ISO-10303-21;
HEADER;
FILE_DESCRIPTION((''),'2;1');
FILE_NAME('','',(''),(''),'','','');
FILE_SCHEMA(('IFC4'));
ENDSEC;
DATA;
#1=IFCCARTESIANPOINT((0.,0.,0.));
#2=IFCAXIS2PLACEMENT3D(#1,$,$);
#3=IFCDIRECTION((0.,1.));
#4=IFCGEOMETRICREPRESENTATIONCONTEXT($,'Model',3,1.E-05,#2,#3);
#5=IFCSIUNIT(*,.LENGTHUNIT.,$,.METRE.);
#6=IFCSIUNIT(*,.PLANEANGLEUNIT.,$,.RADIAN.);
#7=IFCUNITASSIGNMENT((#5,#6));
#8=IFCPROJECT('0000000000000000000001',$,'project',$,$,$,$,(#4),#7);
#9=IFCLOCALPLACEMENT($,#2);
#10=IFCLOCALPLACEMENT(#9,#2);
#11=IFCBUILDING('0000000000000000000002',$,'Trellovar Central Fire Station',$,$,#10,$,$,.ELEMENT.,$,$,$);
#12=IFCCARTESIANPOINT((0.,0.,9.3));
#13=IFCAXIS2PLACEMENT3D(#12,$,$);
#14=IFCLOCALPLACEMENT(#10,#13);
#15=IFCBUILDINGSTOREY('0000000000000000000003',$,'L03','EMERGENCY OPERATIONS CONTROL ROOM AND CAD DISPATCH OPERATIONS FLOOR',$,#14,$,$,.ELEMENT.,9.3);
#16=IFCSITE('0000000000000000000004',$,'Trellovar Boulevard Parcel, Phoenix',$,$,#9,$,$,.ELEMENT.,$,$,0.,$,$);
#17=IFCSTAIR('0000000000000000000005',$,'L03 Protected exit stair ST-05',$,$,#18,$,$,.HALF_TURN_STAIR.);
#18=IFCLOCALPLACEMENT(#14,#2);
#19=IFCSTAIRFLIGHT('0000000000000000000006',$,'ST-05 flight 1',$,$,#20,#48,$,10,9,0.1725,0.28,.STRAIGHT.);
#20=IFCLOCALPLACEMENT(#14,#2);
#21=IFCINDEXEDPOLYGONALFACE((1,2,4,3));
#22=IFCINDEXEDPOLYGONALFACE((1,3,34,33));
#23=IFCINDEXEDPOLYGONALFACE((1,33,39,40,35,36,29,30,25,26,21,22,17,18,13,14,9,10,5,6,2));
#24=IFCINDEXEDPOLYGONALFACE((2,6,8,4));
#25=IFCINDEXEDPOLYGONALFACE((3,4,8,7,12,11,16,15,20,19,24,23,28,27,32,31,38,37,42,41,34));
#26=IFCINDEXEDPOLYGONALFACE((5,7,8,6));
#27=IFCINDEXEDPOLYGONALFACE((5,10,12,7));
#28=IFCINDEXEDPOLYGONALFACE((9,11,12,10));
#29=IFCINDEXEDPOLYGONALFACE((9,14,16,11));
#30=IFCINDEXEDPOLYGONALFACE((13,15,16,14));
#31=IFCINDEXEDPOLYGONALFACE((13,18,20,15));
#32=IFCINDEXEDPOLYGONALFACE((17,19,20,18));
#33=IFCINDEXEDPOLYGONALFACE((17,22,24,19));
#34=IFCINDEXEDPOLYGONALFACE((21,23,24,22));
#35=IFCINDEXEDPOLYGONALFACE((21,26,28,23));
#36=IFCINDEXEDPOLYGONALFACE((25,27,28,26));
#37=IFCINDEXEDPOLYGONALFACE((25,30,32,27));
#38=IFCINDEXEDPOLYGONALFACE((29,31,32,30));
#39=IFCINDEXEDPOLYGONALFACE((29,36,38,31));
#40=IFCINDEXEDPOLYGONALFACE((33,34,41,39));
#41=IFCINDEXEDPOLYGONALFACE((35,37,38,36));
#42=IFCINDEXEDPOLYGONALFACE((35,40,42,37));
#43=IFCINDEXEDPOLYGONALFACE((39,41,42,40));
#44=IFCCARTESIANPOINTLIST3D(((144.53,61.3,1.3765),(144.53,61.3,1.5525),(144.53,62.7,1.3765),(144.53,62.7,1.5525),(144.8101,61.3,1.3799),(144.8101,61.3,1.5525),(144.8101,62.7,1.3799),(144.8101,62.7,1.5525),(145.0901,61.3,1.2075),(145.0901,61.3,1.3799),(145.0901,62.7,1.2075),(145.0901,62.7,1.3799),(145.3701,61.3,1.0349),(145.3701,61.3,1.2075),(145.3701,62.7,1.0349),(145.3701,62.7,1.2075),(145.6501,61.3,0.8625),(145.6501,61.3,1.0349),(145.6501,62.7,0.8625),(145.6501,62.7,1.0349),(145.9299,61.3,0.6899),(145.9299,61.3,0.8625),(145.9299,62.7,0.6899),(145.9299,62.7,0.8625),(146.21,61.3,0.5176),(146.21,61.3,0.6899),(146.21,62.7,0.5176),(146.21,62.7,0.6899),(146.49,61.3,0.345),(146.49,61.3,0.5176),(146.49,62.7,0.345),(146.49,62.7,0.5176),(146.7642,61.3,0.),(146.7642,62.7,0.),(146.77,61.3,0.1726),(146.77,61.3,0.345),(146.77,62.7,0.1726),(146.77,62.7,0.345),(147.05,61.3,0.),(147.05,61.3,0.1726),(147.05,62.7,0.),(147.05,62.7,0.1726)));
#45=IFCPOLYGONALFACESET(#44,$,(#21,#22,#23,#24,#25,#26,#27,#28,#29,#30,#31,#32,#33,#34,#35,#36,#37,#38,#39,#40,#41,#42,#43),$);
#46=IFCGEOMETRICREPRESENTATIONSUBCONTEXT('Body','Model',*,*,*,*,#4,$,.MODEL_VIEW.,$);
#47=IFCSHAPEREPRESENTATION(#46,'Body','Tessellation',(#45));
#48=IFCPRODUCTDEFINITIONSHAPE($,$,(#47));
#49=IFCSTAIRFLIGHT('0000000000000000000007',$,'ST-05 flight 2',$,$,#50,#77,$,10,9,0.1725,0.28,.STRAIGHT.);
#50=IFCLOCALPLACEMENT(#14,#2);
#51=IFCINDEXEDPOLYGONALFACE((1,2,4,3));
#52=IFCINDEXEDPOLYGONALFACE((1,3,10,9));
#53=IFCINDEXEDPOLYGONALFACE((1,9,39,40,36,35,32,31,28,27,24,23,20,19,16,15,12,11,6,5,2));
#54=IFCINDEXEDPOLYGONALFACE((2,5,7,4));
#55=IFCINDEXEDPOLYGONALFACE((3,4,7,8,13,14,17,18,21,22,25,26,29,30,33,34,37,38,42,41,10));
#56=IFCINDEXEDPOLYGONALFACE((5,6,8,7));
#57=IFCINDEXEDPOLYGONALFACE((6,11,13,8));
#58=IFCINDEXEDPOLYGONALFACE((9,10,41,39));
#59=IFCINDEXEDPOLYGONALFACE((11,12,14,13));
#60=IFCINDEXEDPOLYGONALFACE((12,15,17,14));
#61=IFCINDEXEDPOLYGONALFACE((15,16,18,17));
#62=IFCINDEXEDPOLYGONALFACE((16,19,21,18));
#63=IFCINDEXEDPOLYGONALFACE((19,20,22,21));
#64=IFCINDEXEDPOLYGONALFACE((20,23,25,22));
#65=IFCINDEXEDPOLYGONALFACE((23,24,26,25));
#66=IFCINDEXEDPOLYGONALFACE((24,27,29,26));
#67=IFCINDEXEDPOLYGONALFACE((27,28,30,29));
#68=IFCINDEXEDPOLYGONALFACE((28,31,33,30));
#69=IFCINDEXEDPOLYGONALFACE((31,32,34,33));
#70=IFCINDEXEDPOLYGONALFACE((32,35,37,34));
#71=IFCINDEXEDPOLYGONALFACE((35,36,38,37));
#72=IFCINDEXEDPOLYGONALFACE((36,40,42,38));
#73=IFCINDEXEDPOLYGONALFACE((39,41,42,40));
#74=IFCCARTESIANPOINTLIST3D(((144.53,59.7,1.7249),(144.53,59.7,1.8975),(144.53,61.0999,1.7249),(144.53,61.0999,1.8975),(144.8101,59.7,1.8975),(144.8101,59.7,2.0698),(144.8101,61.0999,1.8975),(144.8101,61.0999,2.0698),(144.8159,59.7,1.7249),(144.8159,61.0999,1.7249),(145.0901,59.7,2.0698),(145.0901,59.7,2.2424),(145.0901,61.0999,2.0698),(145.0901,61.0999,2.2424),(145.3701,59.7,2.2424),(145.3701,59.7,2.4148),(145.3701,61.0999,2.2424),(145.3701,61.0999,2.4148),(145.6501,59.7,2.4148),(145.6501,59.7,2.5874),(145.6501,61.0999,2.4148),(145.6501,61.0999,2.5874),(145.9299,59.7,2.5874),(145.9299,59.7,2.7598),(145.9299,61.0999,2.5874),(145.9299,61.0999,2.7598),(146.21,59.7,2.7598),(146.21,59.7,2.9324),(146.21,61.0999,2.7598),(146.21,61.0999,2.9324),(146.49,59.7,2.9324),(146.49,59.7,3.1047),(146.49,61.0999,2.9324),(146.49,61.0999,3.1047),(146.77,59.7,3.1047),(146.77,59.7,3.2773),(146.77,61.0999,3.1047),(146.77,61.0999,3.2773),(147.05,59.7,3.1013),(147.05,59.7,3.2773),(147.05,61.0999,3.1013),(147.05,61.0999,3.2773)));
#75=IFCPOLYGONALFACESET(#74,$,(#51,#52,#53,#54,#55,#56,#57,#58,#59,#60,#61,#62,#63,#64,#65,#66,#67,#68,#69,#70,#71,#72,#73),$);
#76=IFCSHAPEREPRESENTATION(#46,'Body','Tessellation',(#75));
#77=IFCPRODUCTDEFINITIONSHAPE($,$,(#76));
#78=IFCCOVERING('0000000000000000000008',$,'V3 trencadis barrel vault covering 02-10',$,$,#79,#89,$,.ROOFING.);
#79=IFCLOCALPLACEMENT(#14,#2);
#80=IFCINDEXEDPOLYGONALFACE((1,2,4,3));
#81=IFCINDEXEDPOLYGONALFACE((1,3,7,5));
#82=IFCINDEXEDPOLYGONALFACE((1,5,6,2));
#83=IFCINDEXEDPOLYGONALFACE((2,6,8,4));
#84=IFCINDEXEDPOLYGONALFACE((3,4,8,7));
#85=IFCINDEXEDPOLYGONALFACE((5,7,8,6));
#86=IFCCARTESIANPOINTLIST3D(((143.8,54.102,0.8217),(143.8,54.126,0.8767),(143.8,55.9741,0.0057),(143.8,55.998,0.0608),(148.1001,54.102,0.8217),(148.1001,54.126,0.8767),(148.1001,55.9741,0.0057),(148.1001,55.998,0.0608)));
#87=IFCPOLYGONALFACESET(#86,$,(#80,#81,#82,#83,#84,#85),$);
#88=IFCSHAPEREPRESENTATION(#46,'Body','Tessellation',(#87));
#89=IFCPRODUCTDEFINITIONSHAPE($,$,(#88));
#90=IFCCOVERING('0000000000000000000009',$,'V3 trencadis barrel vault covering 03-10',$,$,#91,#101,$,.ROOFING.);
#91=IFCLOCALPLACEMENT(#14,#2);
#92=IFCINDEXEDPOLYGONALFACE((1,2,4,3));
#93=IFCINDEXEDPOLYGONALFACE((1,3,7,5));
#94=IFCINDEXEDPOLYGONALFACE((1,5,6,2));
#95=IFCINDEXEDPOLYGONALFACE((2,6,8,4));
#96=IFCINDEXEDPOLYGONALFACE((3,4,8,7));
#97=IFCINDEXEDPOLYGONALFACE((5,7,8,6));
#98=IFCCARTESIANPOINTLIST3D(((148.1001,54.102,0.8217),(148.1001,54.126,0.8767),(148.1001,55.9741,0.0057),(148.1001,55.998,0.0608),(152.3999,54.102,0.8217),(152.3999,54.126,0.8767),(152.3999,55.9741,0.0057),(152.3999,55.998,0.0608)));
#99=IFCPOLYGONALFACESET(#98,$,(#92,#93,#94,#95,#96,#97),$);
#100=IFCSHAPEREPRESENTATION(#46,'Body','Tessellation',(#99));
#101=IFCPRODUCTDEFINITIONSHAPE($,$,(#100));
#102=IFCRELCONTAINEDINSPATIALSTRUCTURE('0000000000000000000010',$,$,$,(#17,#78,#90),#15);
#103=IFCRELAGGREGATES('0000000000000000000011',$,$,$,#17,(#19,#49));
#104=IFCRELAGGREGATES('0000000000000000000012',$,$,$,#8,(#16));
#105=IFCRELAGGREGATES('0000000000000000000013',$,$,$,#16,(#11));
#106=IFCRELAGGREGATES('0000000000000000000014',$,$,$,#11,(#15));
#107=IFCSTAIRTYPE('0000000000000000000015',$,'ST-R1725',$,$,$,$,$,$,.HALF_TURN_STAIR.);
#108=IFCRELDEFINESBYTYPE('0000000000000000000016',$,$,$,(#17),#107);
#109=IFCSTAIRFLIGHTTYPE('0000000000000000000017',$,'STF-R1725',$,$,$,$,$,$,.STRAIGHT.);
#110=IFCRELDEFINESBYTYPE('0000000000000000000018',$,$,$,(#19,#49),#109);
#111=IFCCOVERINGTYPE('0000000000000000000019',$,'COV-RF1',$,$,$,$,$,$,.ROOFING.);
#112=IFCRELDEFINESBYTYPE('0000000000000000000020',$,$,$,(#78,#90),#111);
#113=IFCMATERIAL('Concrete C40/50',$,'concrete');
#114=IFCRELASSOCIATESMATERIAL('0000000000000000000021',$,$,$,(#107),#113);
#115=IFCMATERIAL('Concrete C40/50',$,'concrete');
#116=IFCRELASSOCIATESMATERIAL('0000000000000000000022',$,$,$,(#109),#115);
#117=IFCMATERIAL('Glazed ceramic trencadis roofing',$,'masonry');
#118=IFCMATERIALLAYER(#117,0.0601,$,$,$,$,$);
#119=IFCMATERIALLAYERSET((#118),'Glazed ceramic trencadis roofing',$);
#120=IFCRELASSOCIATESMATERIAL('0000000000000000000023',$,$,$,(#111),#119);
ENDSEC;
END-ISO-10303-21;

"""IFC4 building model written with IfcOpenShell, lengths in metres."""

from ifc_helpers import new_model, si_unit, direction, frame, origin, place, context, subcontext, project, spatial, polyline, outline, extrude, material, layer, layer_set, type_object, element, aggregate, save


model = new_model("IFC4")

# Units and contexts
model_context = context("Model", 3, precision=1e-05, world=origin(), true_north=direction((0.0, 1.0)))
body_context = subcontext(model_context, "Body", "Model", "MODEL_VIEW")
ifc_project = project(units=[si_unit("LENGTHUNIT", "METRE"), si_unit("PLANEANGLEUNIT", "RADIAN")], contexts=[model_context])

# Site, building, storey
site_placement = place(None, origin())
site = spatial("IfcSite", under=ifc_project, at=site_placement, Name="Trellovar Boulevard Parcel, Phoenix", CompositionType="ELEMENT", RefElevation=0.0)
building_placement = place(site_placement, origin())
building = spatial("IfcBuilding", under=site, at=building_placement, Name="Trellovar Central Fire Station", CompositionType="ELEMENT")
storey_placement = place(building_placement, frame((0.0, 0.0, 9.3)))
storey = spatial("IfcBuildingStorey", under=building, at=storey_placement, Name="L03", Description="EMERGENCY OPERATIONS CONTROL ROOM AND CAD DISPATCH OPERATIONS FLOOR", CompositionType="ELEMENT", Elevation=9.3)

# Stair, stair flights
ifc_material_1 = material(Name="Concrete C40/50", Category="concrete")
stair_type = type_object("IfcStairType", Name="ST-R1725", PredefinedType="HALF_TURN_STAIR", material=ifc_material_1)
stair_placement = place(storey_placement, origin())
stair = element("IfcStair", 1, at=stair_placement, inside=storey, type_object=stair_type, Name="L03 Protected exit stair ST-05", PredefinedType="HALF_TURN_STAIR")
ifc_material_2 = material(Name="Concrete C40/50", Category="concrete")
stair_flight_type = type_object("IfcStairFlightType", Name="STF-R1725", PredefinedType="STRAIGHT", material=ifc_material_2)
stair_flight_1_placement = place(storey_placement, frame((147.05, 62.0, 0.0), z_axis=(0.0, 0.0, 1.0), x_axis=(-1.0, 0.0, 0.0)))
stair_flight_1 = element("IfcStairFlight", 2, at=stair_flight_1_placement, type_object=stair_flight_type, Name="ST-05 flight 1", NumberOfRisers=10, NumberOfTreads=9, PredefinedType="STRAIGHT", RiserHeight=0.1725, TreadLength=0.28, context=body_context, shape_type="SweptSolid", body=[
    extrude(outline(polyline([(0.0, 0.0), (0.0, 0.1726), (0.28, 0.1726), (0.28, 0.345), (0.5601, 0.345), (0.5601, 0.5176), (0.8401, 0.5176), (0.8401, 0.6899), (1.1201, 0.6899), (1.1201, 0.8625), (1.3999, 0.8625), (1.3999, 1.0349), (1.6799, 1.0349), (1.6799, 1.2075), (1.96, 1.2075), (1.96, 1.3799), (2.24, 1.3799), (2.24, 1.5525), (2.52, 1.5525), (2.52, 1.7251), (2.52, 1.3765), (0.2859, 0.0), (0.0, 0.0)])), frame((0.0, 0.7, 0.0), z_axis=(0.0, -1.0, 0.0), x_axis=(1.0, 0.0, 0.0)), (0.0, 0.0, 1.0), 1.3999),
])
stair_flight_2_placement = place(storey_placement, frame((144.53, 60.3999, 1.7249), z_axis=(0.0, 0.0, 1.0), x_axis=(1.0, 0.0, 0.0)))
stair_flight_2 = element("IfcStairFlight", 3, at=stair_flight_2_placement, type_object=stair_flight_type, Name="ST-05 flight 2", NumberOfRisers=10, NumberOfTreads=9, PredefinedType="STRAIGHT", RiserHeight=0.1725, TreadLength=0.28, context=body_context, shape_type="SweptSolid", body=[
    extrude(outline(polyline([(0.0, 0.0), (0.0, 0.1726), (0.28, 0.1726), (0.28, 0.345), (0.5601, 0.345), (0.5601, 0.5176), (0.8401, 0.5176), (0.8401, 0.6899), (1.1201, 0.6899), (1.1201, 0.8625), (1.3999, 0.8625), (1.3999, 1.0349), (1.6799, 1.0349), (1.6799, 1.2075), (1.96, 1.2075), (1.96, 1.3799), (2.24, 1.3799), (2.24, 1.5525), (2.52, 1.5525), (2.52, 1.7251), (2.52, 1.3765), (0.2859, 0.0), (0.0, 0.0)])), frame((0.0, 0.7, 0.0), z_axis=(0.0, -1.0, 0.0), x_axis=(1.0, 0.0, 0.0)), (0.0, 0.0, 1.0), 1.3999),
])
aggregate(stair, [stair_flight_1, stair_flight_2])

# Coverings
ifc_material_3 = material(Name="Glazed ceramic trencadis roofing", Category="masonry")
ifc_layer_1 = layer(ifc_material_3, 0.0601)
ifc_layer_set_1 = layer_set([ifc_layer_1], Name="Glazed ceramic trencadis roofing")
covering_type = type_object("IfcCoveringType", Name="COV-RF1", PredefinedType="ROOFING", material=ifc_layer_set_1)
covering_1_placement = place(storey_placement, frame((143.8, 54.126, 0.8767), z_axis=(0.0, 0.399539, 0.916716), x_axis=(1.0, 0.0, 0.0)))
element("IfcCovering", 4, at=covering_1_placement, inside=storey, type_object=covering_type, Name="V3 trencadis barrel vault covering 02-10", PredefinedType="ROOFING", context=body_context, shape_type="SweptSolid", body=[
    extrude(outline(polyline([(0.0, 0.0), (4.3, 0.0), (4.3, 2.0421), (0.0, 2.0421), (0.0, 0.0)])), origin(), (0.0, 0.0, -1.0), 0.0601),
])
covering_2_placement = place(storey_placement, frame((148.1001, 54.126, 0.8767), z_axis=(0.0, 0.399539, 0.916716), x_axis=(1.0, 0.0, 0.0)))
element("IfcCovering", 5, at=covering_2_placement, inside=storey, type_object=covering_type, Name="V3 trencadis barrel vault covering 03-10", PredefinedType="ROOFING", context=body_context, shape_type="SweptSolid", body=[
    extrude(outline(polyline([(0.0, 0.0), (4.2998, 0.0), (4.2998, 2.0421), (0.0, 2.0421), (0.0, 0.0)])), origin(), (0.0, 0.0, -1.0), 0.0601),
])

save(model, "model.ifc")
